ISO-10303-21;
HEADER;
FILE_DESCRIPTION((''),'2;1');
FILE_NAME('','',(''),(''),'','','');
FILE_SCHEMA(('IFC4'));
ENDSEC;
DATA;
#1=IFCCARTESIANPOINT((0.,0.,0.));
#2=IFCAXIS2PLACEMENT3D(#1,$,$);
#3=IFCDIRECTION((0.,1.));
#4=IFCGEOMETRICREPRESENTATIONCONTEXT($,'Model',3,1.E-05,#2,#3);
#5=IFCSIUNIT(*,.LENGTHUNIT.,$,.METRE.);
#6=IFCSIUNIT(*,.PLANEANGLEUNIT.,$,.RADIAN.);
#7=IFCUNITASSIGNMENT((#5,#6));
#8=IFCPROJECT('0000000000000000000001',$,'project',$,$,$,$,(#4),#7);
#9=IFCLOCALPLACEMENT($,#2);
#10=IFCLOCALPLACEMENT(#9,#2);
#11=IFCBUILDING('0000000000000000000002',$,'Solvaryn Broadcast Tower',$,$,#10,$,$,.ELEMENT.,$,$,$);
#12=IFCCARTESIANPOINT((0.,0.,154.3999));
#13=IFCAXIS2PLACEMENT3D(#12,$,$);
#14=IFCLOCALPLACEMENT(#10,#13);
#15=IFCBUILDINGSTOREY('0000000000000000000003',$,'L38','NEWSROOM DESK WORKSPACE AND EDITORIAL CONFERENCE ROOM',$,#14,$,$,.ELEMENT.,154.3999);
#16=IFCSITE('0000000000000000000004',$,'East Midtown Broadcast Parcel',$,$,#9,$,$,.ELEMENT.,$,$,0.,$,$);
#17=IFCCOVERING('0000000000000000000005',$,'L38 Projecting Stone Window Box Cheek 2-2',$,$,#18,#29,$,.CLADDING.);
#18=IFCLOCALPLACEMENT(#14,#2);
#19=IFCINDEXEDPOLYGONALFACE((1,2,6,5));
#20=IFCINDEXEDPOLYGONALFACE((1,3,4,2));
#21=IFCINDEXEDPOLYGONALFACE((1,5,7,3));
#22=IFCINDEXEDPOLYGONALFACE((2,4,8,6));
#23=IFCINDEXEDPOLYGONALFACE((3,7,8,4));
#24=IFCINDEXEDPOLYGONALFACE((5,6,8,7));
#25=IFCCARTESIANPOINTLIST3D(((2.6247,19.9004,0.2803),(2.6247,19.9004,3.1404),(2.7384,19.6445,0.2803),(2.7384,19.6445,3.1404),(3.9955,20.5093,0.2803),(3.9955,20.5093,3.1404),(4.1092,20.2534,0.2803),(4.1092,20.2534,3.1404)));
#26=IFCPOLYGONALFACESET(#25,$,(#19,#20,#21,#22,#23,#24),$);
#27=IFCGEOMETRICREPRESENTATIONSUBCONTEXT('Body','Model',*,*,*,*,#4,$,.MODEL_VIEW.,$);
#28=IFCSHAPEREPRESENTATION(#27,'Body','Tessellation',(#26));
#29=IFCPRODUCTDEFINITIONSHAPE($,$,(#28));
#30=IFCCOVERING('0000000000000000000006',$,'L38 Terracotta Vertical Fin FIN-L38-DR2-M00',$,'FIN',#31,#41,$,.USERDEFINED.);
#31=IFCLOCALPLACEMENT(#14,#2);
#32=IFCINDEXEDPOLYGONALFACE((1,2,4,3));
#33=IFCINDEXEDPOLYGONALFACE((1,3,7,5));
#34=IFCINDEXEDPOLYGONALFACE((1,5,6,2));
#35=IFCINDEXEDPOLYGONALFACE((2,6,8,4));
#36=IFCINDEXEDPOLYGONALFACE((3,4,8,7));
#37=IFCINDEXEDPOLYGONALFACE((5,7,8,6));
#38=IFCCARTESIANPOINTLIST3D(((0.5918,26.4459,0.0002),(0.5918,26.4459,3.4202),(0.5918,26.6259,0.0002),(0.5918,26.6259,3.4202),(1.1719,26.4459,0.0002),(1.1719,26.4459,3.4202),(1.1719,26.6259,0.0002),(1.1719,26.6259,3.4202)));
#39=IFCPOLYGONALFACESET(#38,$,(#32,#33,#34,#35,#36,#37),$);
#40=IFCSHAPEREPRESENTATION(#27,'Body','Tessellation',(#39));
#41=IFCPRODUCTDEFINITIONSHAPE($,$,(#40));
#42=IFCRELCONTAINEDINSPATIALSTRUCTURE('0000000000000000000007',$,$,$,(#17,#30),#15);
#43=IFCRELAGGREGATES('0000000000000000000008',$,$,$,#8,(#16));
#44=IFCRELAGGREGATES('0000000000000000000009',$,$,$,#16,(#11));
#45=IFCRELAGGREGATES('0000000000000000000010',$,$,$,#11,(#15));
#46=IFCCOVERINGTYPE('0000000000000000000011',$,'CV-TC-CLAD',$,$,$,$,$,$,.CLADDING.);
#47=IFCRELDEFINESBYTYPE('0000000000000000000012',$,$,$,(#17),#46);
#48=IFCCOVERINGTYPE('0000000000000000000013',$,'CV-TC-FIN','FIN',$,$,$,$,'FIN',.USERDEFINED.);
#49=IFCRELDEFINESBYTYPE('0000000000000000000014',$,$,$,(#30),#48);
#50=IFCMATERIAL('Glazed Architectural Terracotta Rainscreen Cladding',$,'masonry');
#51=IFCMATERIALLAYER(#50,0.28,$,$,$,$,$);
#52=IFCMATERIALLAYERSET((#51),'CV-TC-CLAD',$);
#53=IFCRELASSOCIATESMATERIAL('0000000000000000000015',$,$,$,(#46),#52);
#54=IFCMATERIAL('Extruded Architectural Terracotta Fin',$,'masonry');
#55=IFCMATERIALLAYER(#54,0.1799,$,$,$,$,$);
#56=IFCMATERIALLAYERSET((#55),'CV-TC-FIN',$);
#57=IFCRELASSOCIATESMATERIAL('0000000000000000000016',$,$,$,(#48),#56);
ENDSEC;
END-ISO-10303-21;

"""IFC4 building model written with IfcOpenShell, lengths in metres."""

from ifc_helpers import new_model, si_unit, direction, frame, origin, origin_2d, place, context, subcontext, project, spatial, rectangle, extrude, material, layer, layer_set, type_object, element, save


model = new_model("IFC4")

# Units and contexts
model_context = context("Model", 3, precision=1e-05, world=origin(), true_north=direction((0.0, 1.0)))
body_context = subcontext(model_context, "Body", "Model", "MODEL_VIEW")
ifc_project = project(units=[si_unit("LENGTHUNIT", "METRE"), si_unit("PLANEANGLEUNIT", "RADIAN")], contexts=[model_context])

# Site, building, storey
site_placement = place(None, origin())
site = spatial("IfcSite", under=ifc_project, at=site_placement, Name="East Midtown Broadcast Parcel", CompositionType="ELEMENT", RefElevation=0.0)
building_placement = place(site_placement, origin())
building = spatial("IfcBuilding", under=site, at=building_placement, Name="Solvaryn Broadcast Tower", CompositionType="ELEMENT")
storey_placement = place(building_placement, frame((0.0, 0.0, 154.3999)))
storey = spatial("IfcBuildingStorey", under=building, at=storey_placement, Name="L38", Description="NEWSROOM DESK WORKSPACE AND EDITORIAL CONFERENCE ROOM", CompositionType="ELEMENT", Elevation=154.3999)

# Coverings
ifc_material_1 = material(Name="Glazed Architectural Terracotta Rainscreen Cladding", Category="masonry")
ifc_layer_1 = layer(ifc_material_1, 0.28)
ifc_layer_set_1 = layer_set([ifc_layer_1], Name="CV-TC-CLAD")
covering_type_1 = type_object("IfcCoveringType", Name="CV-TC-CLAD", PredefinedType="CLADDING", material=ifc_layer_set_1)
for number, where, z_axis, x_axis, name in (
    (1, (3.3669, 20.0769, 0.2803), (0.0, 0.0, 1.0), (0.405939, -0.9139, 0.0), "L38 Projecting Stone Window Box Cheek 2-2"),
):
    element("IfcCovering", number, at=place(storey_placement, frame(where, z_axis=z_axis, x_axis=x_axis)), inside=storey, type_object=covering_type_1, Name=name, PredefinedType="CLADDING", context=body_context, shape_type="SweptSolid", body=[
        extrude(rectangle(XDim=0.28, YDim=1.5, at=origin_2d()), origin(), (0.0, 0.0, 1.0), 2.8601),
    ])
ifc_material_2 = material(Name="Extruded Architectural Terracotta Fin", Category="masonry")
ifc_layer_2 = layer(ifc_material_2, 0.1799)
ifc_layer_set_2 = layer_set([ifc_layer_2], Name="CV-TC-FIN")
covering_type_2 = type_object("IfcCoveringType", Name="CV-TC-FIN", Description="FIN", ElementType="FIN", PredefinedType="USERDEFINED", material=ifc_layer_set_2)
covering_placement = place(storey_placement, frame((0.8818, 26.5359, 0.0002), z_axis=(0.0, 0.0, 1.0), x_axis=(1.0, 0.0, 0.0)))
element("IfcCovering", 2, at=covering_placement, inside=storey, type_object=covering_type_2, Name="L38 Terracotta Vertical Fin FIN-L38-DR2-M00", ObjectType="FIN", PredefinedType="USERDEFINED", context=body_context, shape_type="SweptSolid", body=[
    extrude(rectangle(XDim=0.5801, YDim=0.1799, at=origin_2d()), origin(), (0.0, 0.0, 1.0), 3.4199),
])

save(model, "model.ifc")
